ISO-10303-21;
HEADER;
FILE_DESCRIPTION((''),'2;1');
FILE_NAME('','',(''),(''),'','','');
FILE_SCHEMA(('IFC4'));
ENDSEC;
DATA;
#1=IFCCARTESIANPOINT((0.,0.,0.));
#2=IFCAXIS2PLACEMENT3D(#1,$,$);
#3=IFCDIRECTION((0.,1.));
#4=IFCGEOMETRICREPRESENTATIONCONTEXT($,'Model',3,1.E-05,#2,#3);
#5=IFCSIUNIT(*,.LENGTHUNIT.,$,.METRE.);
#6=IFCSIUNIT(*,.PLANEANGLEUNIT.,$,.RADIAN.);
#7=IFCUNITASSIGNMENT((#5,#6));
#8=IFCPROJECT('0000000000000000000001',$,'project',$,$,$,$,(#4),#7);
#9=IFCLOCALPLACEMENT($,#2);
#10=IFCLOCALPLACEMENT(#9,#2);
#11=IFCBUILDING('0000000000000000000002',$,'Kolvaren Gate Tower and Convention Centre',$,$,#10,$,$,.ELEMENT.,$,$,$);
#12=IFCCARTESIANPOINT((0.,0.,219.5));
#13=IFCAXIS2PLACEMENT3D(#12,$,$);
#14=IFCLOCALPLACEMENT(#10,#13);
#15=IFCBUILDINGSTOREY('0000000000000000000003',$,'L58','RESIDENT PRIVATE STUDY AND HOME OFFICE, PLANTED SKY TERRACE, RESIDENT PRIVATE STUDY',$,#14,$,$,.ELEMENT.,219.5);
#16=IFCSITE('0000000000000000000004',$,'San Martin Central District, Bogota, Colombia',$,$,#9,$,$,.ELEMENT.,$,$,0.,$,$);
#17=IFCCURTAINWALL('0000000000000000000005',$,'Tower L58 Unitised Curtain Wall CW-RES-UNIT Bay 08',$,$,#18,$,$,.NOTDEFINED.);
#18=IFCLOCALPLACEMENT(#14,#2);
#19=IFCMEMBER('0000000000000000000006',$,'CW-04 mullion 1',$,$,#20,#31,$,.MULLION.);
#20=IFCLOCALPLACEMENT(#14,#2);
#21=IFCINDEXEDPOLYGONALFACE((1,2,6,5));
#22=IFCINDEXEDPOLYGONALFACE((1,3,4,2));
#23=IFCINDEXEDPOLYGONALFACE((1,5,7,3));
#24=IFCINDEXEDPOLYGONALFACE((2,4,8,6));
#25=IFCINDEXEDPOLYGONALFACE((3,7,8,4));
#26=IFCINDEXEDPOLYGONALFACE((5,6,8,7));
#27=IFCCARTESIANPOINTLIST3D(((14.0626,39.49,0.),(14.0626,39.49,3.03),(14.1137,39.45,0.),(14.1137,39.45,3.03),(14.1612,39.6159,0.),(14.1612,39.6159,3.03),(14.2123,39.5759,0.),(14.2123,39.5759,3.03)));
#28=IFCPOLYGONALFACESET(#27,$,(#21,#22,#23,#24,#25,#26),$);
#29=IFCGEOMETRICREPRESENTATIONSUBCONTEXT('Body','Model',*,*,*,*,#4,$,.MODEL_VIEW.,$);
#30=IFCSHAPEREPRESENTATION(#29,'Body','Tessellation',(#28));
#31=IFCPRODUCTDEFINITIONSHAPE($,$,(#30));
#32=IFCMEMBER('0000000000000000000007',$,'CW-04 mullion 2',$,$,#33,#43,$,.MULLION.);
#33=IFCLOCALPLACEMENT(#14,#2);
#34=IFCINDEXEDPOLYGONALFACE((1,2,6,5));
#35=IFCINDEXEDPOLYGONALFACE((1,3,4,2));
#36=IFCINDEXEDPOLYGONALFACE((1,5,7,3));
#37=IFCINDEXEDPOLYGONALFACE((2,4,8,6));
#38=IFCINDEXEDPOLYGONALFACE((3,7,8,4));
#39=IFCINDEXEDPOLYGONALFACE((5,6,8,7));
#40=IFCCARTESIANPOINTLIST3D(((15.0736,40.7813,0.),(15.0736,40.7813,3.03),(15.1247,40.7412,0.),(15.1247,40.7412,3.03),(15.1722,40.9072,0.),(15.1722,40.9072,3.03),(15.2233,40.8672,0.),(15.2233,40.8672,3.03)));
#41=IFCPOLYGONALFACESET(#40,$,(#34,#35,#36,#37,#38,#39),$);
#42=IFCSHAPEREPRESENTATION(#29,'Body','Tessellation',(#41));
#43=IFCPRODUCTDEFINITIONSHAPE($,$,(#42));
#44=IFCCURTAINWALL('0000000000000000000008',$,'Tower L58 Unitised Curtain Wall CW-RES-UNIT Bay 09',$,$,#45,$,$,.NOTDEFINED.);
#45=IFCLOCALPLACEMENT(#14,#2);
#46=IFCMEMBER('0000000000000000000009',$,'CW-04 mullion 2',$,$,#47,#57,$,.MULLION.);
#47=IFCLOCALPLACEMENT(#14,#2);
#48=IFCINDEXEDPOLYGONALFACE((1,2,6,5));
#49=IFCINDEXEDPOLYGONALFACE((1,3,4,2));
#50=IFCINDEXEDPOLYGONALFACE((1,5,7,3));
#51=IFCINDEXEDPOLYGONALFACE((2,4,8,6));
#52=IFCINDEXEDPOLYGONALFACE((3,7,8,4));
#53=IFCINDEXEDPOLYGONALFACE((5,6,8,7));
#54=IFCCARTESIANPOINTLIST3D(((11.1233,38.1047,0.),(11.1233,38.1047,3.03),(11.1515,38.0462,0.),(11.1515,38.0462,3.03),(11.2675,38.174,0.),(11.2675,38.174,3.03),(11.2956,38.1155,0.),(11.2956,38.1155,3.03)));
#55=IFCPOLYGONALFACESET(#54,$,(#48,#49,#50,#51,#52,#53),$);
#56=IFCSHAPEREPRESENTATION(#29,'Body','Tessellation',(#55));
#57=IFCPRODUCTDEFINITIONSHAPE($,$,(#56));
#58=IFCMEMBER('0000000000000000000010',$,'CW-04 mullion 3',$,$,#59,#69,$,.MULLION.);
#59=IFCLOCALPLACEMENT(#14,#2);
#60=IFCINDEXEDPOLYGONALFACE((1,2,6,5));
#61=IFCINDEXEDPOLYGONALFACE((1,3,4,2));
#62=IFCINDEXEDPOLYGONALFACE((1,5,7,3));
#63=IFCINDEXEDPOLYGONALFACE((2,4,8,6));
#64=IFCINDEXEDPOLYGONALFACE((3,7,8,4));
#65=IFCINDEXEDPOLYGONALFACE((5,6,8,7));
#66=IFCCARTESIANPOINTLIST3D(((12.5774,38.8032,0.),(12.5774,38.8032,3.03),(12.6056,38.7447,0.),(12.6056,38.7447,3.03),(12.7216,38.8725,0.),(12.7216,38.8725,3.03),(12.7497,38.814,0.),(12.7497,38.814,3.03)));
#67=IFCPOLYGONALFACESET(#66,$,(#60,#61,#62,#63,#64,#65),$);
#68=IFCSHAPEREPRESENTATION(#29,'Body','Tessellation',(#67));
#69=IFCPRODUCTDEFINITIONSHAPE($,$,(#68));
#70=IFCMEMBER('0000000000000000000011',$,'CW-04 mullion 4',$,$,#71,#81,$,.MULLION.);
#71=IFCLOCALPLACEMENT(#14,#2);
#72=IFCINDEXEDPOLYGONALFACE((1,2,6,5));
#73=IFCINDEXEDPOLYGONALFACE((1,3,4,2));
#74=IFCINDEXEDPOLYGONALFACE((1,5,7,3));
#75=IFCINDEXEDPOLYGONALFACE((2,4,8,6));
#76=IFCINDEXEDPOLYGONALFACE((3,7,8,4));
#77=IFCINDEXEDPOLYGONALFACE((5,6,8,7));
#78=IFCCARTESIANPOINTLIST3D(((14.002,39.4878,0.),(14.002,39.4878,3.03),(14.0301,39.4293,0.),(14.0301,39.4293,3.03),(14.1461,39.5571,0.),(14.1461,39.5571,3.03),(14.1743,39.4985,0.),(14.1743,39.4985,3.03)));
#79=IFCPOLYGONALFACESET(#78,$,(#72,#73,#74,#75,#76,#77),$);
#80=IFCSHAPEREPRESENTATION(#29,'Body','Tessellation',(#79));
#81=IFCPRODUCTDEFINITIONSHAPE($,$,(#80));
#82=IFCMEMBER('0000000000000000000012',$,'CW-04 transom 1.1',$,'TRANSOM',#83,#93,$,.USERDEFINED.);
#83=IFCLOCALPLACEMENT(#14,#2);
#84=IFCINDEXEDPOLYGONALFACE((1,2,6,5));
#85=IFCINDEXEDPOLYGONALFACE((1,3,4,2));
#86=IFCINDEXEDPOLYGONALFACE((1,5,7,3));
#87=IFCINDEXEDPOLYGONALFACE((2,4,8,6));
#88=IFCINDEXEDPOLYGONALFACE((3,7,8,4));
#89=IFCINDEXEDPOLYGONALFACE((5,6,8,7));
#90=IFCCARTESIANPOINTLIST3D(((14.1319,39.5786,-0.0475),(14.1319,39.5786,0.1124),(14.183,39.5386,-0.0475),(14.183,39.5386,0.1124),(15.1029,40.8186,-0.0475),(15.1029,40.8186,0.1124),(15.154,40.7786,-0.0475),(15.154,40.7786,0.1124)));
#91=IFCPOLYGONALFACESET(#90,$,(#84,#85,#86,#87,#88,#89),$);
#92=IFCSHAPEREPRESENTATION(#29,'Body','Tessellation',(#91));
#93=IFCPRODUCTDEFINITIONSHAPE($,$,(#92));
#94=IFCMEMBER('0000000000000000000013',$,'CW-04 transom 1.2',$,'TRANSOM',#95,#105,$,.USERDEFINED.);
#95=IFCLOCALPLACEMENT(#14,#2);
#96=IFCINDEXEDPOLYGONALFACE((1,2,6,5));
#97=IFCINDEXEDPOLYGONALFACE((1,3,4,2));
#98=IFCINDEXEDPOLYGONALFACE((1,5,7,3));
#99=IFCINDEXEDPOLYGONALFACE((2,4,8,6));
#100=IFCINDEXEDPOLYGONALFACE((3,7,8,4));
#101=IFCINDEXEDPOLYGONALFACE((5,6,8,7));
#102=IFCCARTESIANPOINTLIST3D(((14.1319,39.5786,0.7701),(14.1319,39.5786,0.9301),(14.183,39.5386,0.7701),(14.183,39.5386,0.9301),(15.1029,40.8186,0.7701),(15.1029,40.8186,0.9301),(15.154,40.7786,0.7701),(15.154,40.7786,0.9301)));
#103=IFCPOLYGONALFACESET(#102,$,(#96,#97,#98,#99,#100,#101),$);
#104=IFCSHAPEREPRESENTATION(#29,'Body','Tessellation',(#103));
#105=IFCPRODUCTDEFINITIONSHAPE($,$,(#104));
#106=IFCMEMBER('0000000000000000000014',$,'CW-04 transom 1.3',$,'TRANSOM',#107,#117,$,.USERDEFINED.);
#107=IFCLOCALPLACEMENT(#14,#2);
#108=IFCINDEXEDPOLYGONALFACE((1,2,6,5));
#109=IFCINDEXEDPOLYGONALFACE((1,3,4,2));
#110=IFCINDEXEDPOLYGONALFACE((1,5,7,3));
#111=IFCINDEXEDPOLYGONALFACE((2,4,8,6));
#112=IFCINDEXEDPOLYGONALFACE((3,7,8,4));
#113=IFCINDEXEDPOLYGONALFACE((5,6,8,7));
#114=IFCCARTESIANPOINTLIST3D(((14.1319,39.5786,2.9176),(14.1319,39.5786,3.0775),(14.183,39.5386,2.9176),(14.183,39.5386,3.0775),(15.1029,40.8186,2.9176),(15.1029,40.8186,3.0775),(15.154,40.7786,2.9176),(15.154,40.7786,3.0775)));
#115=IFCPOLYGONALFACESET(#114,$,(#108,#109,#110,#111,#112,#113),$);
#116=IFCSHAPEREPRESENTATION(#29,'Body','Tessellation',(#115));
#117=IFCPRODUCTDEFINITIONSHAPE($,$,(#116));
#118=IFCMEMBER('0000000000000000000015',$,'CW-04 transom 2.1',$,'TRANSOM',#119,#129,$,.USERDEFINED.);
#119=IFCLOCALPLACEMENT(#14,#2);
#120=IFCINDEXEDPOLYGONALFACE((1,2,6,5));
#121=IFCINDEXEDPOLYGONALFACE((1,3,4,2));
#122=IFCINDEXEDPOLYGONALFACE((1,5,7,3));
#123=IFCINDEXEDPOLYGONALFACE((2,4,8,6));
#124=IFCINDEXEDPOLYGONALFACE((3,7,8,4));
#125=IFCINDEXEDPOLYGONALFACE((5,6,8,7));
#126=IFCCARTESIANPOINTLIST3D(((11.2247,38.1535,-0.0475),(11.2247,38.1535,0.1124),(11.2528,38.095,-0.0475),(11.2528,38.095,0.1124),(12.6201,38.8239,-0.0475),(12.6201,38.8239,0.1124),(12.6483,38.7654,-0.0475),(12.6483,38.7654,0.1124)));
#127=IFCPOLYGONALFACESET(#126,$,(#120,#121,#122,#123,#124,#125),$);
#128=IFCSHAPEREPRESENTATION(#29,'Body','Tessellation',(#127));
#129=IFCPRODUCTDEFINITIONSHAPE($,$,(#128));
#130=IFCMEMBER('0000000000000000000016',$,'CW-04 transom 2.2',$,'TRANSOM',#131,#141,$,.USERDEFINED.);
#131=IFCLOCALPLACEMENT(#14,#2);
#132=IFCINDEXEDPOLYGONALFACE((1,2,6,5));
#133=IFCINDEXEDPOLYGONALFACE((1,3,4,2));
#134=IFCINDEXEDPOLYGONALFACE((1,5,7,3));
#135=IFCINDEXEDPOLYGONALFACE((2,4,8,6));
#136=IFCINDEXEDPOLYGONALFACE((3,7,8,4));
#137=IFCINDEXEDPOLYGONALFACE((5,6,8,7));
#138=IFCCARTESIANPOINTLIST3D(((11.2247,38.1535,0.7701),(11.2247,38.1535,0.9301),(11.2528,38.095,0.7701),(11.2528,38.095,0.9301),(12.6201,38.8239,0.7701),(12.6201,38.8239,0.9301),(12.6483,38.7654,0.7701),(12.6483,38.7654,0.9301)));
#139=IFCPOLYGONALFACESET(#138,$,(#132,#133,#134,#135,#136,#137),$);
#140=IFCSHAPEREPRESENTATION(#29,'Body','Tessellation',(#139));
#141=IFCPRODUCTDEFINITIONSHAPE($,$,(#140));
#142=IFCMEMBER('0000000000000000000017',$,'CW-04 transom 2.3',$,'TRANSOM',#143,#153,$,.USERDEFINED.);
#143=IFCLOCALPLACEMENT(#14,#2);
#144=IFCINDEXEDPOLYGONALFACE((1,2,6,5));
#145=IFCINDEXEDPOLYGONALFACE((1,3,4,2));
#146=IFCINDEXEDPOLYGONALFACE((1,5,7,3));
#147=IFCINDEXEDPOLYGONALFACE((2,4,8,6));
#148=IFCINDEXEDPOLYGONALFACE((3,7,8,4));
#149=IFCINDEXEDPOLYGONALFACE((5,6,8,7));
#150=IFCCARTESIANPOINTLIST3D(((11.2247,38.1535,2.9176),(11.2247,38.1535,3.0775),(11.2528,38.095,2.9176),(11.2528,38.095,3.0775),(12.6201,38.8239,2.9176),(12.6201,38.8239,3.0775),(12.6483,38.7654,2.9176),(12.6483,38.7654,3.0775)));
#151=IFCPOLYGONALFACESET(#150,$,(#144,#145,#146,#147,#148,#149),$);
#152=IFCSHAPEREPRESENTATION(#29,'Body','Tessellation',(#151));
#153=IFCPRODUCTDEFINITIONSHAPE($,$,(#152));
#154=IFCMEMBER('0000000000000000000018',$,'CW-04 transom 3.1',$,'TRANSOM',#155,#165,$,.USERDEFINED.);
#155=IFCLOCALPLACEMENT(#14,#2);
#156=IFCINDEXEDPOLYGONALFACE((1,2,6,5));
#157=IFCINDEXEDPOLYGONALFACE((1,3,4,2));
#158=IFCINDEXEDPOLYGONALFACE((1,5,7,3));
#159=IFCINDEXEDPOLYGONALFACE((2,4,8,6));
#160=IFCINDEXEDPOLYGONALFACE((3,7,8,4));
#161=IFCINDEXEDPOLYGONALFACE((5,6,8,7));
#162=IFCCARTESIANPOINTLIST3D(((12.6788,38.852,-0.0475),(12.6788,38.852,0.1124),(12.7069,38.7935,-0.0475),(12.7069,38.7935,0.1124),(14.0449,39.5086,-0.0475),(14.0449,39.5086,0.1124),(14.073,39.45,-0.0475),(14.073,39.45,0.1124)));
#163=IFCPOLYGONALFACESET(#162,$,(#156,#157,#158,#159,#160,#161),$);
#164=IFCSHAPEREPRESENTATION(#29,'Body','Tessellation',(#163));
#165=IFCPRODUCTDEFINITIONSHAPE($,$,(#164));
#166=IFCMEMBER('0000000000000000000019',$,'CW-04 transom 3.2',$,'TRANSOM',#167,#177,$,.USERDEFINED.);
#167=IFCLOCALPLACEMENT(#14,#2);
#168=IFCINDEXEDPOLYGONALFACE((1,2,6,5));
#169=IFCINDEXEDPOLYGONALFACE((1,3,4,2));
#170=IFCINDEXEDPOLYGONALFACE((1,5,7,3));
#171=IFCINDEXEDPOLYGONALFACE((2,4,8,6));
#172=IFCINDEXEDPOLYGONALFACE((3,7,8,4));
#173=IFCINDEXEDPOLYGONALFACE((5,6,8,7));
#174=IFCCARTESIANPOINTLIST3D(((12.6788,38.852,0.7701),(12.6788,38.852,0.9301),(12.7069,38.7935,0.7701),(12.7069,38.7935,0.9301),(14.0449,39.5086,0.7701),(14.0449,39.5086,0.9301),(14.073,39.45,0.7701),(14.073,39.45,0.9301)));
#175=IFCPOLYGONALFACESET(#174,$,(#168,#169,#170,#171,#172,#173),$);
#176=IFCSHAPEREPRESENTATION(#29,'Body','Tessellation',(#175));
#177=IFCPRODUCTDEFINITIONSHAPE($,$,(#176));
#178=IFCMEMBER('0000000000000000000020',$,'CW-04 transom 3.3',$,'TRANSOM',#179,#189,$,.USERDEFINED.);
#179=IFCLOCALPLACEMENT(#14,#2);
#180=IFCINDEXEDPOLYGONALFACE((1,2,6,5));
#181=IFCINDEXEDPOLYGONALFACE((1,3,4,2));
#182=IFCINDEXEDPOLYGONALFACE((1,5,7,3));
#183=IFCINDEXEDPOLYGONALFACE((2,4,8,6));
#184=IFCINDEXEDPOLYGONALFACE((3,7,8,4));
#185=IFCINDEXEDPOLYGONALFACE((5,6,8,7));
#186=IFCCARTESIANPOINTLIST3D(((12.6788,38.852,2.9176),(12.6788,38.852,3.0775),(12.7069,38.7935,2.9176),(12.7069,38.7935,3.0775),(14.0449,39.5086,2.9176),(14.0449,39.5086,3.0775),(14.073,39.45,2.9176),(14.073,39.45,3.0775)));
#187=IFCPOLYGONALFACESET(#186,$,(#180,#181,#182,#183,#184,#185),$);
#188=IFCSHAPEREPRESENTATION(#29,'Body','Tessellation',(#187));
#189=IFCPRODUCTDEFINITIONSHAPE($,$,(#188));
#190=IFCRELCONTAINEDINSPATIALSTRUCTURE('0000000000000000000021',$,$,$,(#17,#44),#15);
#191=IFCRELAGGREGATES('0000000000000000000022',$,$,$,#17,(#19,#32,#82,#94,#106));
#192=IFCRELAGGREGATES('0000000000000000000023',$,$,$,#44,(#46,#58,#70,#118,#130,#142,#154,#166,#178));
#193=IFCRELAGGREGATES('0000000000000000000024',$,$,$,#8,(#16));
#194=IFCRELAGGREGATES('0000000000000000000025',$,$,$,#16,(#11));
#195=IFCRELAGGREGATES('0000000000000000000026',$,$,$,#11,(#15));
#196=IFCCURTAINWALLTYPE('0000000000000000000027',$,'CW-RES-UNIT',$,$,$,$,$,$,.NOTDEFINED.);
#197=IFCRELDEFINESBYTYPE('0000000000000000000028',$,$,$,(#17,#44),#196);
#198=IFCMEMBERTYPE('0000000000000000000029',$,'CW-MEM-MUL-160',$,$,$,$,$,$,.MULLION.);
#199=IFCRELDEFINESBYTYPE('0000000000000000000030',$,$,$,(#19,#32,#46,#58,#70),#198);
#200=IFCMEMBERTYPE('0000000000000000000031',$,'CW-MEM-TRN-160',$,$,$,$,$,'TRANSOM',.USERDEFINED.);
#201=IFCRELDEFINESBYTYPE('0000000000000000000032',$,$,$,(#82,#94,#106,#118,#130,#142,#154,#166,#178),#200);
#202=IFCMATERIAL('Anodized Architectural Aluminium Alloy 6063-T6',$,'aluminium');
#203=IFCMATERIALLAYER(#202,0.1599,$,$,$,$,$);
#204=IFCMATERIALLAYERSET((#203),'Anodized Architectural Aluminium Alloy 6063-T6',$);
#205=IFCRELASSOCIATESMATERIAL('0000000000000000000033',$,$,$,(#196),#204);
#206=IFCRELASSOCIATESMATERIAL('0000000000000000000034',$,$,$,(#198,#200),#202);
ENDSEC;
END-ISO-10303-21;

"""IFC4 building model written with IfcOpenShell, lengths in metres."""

from ifc_helpers import new_model, si_unit, direction, frame, origin, origin_2d, place, context, subcontext, project, spatial, rectangle, extrude, material, layer, layer_set, material_profile, profile_set, type_object, element, aggregate, save


model = new_model("IFC4")

# Units and contexts
model_context = context("Model", 3, precision=1e-05, world=origin(), true_north=direction((0.0, 1.0)))
body_context = subcontext(model_context, "Body", "Model", "MODEL_VIEW")
ifc_project = project(units=[si_unit("LENGTHUNIT", "METRE"), si_unit("PLANEANGLEUNIT", "RADIAN")], contexts=[model_context])

# Site, building, storey
site_placement = place(None, origin())
site = spatial("IfcSite", under=ifc_project, at=site_placement, Name="San Martin Central District, Bogota, Colombia", CompositionType="ELEMENT", RefElevation=0.0)
building_placement = place(site_placement, origin())
building = spatial("IfcBuilding", under=site, at=building_placement, Name="Kolvaren Gate Tower and Convention Centre", CompositionType="ELEMENT")
storey_placement = place(building_placement, frame((0.0, 0.0, 219.5)))
storey = spatial("IfcBuildingStorey", under=building, at=storey_placement, Name="L58", Description="RESIDENT PRIVATE STUDY AND HOME OFFICE, PLANTED SKY TERRACE, RESIDENT PRIVATE STUDY", CompositionType="ELEMENT", Elevation=219.5)

# Curtain walls, members
ifc_material_1 = material(Name="Anodized Architectural Aluminium Alloy 6063-T6", Category="aluminium")
ifc_layer_1 = layer(ifc_material_1, 0.1599)
ifc_layer_set_1 = layer_set([ifc_layer_1], Name="Anodized Architectural Aluminium Alloy 6063-T6")
curtain_wall_type = type_object("IfcCurtainWallType", Name="CW-RES-UNIT", PredefinedType="NOTDEFINED", material=ifc_layer_set_1)
curtain_wall_1_placement = place(storey_placement, origin())
curtain_wall_1 = element("IfcCurtainWall", 1, at=curtain_wall_1_placement, inside=storey, type_object=curtain_wall_type, Name="Tower L58 Unitised Curtain Wall CW-RES-UNIT Bay 08", PredefinedType="NOTDEFINED")
ifc_material_profile_1 = material_profile(ifc_material_1, rectangle(XDim=0.0649, YDim=0.1599, at=origin_2d()), Name="CW-MEM-MUL-160")
ifc_profile_set_1 = profile_set([ifc_material_profile_1], Name="Anodized Architectural Aluminium Alloy 6063-T6")
member_type_1 = type_object("IfcMemberType", Name="CW-MEM-MUL-160", PredefinedType="MULLION", material=ifc_profile_set_1)
member_1_placement = place(storey_placement, frame((14.1375, 39.533, 0.0), z_axis=(0.0, 0.0, 1.0), x_axis=(-0.78741, 0.61643, 0.0)))
member_1 = element("IfcMember", 2, at=member_1_placement, type_object=member_type_1, Name="CW-04 mullion 1", PredefinedType="MULLION", context=body_context, shape_type="SweptSolid", body=[
    extrude(rectangle(XDim=0.0649, YDim=0.1599, at=origin_2d()), origin(), (0.0, 0.0, 1.0), 3.03),
])
member_2_placement = place(storey_placement, frame((15.1484, 40.8242, 0.0), z_axis=(0.0, 0.0, 1.0), x_axis=(-0.78741, 0.61643, 0.0)))
member_2 = element("IfcMember", 3, at=member_2_placement, type_object=member_type_1, Name="CW-04 mullion 2", PredefinedType="MULLION", context=body_context, shape_type="SweptSolid", body=[
    extrude(rectangle(XDim=0.0649, YDim=0.1599, at=origin_2d()), origin(), (0.0, 0.0, 1.0), 3.03),
])
curtain_wall_2_placement = place(storey_placement, origin())
curtain_wall_2 = element("IfcCurtainWall", 4, at=curtain_wall_2_placement, inside=storey, type_object=curtain_wall_type, Name="Tower L58 Unitised Curtain Wall CW-RES-UNIT Bay 09", PredefinedType="NOTDEFINED")
member_3_placement = place(storey_placement, frame((11.2095, 38.1101, 0.0), z_axis=(0.0, 0.0, 1.0), x_axis=(-0.433066, 0.901362, 0.0)))
member_3 = element("IfcMember", 5, at=member_3_placement, type_object=member_type_1, Name="CW-04 mullion 2", PredefinedType="MULLION", context=body_context, shape_type="SweptSolid", body=[
    extrude(rectangle(XDim=0.0649, YDim=0.1599, at=origin_2d()), origin(), (0.0, 0.0, 1.0), 3.03),
])
member_4_placement = place(storey_placement, frame((12.6636, 38.8086, 0.0), z_axis=(0.0, 0.0, 1.0), x_axis=(-0.433066, 0.901362, 0.0)))
member_4 = element("IfcMember", 6, at=member_4_placement, type_object=member_type_1, Name="CW-04 mullion 3", PredefinedType="MULLION", context=body_context, shape_type="SweptSolid", body=[
    extrude(rectangle(XDim=0.0649, YDim=0.1599, at=origin_2d()), origin(), (0.0, 0.0, 1.0), 3.03),
])
member_5_placement = place(storey_placement, frame((14.0881, 39.4932, 0.0), z_axis=(0.0, 0.0, 1.0), x_axis=(-0.433066, 0.901362, 0.0)))
member_5 = element("IfcMember", 7, at=member_5_placement, type_object=member_type_1, Name="CW-04 mullion 4", PredefinedType="MULLION", context=body_context, shape_type="SweptSolid", body=[
    extrude(rectangle(XDim=0.0649, YDim=0.1599, at=origin_2d()), origin(), (0.0, 0.0, 1.0), 3.03),
])

# Members
ifc_material_profile_2 = material_profile(ifc_material_1, rectangle(XDim=0.0649, YDim=0.1599, at=origin_2d()), Name="CW-MEM-TRN-160")
ifc_profile_set_2 = profile_set([ifc_material_profile_2], Name="Anodized Architectural Aluminium Alloy 6063-T6")
member_type_2 = type_object("IfcMemberType", Name="CW-MEM-TRN-160", ElementType="TRANSOM", PredefinedType="USERDEFINED", material=ifc_profile_set_2)
member_6_placement = place(storey_placement, frame((14.1575, 39.5586, 0.0325), z_axis=(0.616513, 0.787345, 0.0), x_axis=(-0.787345, 0.616513, 0.0)))
member_6 = element("IfcMember", 8, at=member_6_placement, type_object=member_type_2, Name="CW-04 transom 1.1", ObjectType="TRANSOM", PredefinedType="USERDEFINED", context=body_context, shape_type="SweptSolid", body=[
    extrude(rectangle(XDim=0.0649, YDim=0.1599, at=origin_2d()), origin(), (0.0, 0.0, 1.0), 1.575),
])
member_7_placement = place(storey_placement, frame((14.1575, 39.5586, 0.8501), z_axis=(0.616513, 0.787345, 0.0), x_axis=(-0.787345, 0.616513, 0.0)))
member_7 = element("IfcMember", 9, at=member_7_placement, type_object=member_type_2, Name="CW-04 transom 1.2", ObjectType="TRANSOM", PredefinedType="USERDEFINED", context=body_context, shape_type="SweptSolid", body=[
    extrude(rectangle(XDim=0.0649, YDim=0.1599, at=origin_2d()), origin(), (0.0, 0.0, 1.0), 1.575),
])
member_8_placement = place(storey_placement, frame((14.1575, 39.5586, 2.9976), z_axis=(0.616513, 0.787345, 0.0), x_axis=(-0.787345, 0.616513, 0.0)))
member_8 = element("IfcMember", 10, at=member_8_placement, type_object=member_type_2, Name="CW-04 transom 1.3", ObjectType="TRANSOM", PredefinedType="USERDEFINED", context=body_context, shape_type="SweptSolid", body=[
    extrude(rectangle(XDim=0.0649, YDim=0.1599, at=origin_2d()), origin(), (0.0, 0.0, 1.0), 1.575),
])
member_9_placement = place(storey_placement, frame((11.2388, 38.1243, 0.0325), z_axis=(0.90138, 0.433028, 0.0), x_axis=(-0.433028, 0.90138, 0.0)))
member_9 = element("IfcMember", 11, at=member_9_placement, type_object=member_type_2, Name="CW-04 transom 2.1", ObjectType="TRANSOM", PredefinedType="USERDEFINED", context=body_context, shape_type="SweptSolid", body=[
    extrude(rectangle(XDim=0.0649, YDim=0.1599, at=origin_2d()), origin(), (0.0, 0.0, 1.0), 1.5481),
])
member_10_placement = place(storey_placement, frame((11.2388, 38.1243, 0.8501), z_axis=(0.90138, 0.433028, 0.0), x_axis=(-0.433028, 0.90138, 0.0)))
member_10 = element("IfcMember", 12, at=member_10_placement, type_object=member_type_2, Name="CW-04 transom 2.2", ObjectType="TRANSOM", PredefinedType="USERDEFINED", context=body_context, shape_type="SweptSolid", body=[
    extrude(rectangle(XDim=0.0649, YDim=0.1599, at=origin_2d()), origin(), (0.0, 0.0, 1.0), 1.5481),
])
member_11_placement = place(storey_placement, frame((11.2388, 38.1243, 2.9976), z_axis=(0.90138, 0.433028, 0.0), x_axis=(-0.433028, 0.90138, 0.0)))
member_11 = element("IfcMember", 13, at=member_11_placement, type_object=member_type_2, Name="CW-04 transom 2.3", ObjectType="TRANSOM", PredefinedType="USERDEFINED", context=body_context, shape_type="SweptSolid", body=[
    extrude(rectangle(XDim=0.0649, YDim=0.1599, at=origin_2d()), origin(), (0.0, 0.0, 1.0), 1.5481),
])
member_12_placement = place(storey_placement, frame((12.6929, 38.8228, 0.0325), z_axis=(0.901309, 0.433176, 0.0), x_axis=(-0.433176, 0.901309, 0.0)))
member_12 = element("IfcMember", 14, at=member_12_placement, type_object=member_type_2, Name="CW-04 transom 3.1", ObjectType="TRANSOM", PredefinedType="USERDEFINED", context=body_context, shape_type="SweptSolid", body=[
    extrude(rectangle(XDim=0.0649, YDim=0.1599, at=origin_2d()), origin(), (0.0, 0.0, 1.0), 1.5156),
])
member_13_placement = place(storey_placement, frame((12.6929, 38.8228, 0.8501), z_axis=(0.901309, 0.433176, 0.0), x_axis=(-0.433176, 0.901309, 0.0)))
member_13 = element("IfcMember", 15, at=member_13_placement, type_object=member_type_2, Name="CW-04 transom 3.2", ObjectType="TRANSOM", PredefinedType="USERDEFINED", context=body_context, shape_type="SweptSolid", body=[
    extrude(rectangle(XDim=0.0649, YDim=0.1599, at=origin_2d()), origin(), (0.0, 0.0, 1.0), 1.5156),
])
member_14_placement = place(storey_placement, frame((12.6929, 38.8228, 2.9976), z_axis=(0.901309, 0.433176, 0.0), x_axis=(-0.433176, 0.901309, 0.0)))
member_14 = element("IfcMember", 16, at=member_14_placement, type_object=member_type_2, Name="CW-04 transom 3.3", ObjectType="TRANSOM", PredefinedType="USERDEFINED", context=body_context, shape_type="SweptSolid", body=[
    extrude(rectangle(XDim=0.0649, YDim=0.1599, at=origin_2d()), origin(), (0.0, 0.0, 1.0), 1.5156),
])

aggregate(curtain_wall_1, [member_1, member_2, member_6, member_7, member_8])
aggregate(curtain_wall_2, [member_3, member_4, member_5, member_9, member_10, member_11, member_12, member_13, member_14])

save(model, "model.ifc")
